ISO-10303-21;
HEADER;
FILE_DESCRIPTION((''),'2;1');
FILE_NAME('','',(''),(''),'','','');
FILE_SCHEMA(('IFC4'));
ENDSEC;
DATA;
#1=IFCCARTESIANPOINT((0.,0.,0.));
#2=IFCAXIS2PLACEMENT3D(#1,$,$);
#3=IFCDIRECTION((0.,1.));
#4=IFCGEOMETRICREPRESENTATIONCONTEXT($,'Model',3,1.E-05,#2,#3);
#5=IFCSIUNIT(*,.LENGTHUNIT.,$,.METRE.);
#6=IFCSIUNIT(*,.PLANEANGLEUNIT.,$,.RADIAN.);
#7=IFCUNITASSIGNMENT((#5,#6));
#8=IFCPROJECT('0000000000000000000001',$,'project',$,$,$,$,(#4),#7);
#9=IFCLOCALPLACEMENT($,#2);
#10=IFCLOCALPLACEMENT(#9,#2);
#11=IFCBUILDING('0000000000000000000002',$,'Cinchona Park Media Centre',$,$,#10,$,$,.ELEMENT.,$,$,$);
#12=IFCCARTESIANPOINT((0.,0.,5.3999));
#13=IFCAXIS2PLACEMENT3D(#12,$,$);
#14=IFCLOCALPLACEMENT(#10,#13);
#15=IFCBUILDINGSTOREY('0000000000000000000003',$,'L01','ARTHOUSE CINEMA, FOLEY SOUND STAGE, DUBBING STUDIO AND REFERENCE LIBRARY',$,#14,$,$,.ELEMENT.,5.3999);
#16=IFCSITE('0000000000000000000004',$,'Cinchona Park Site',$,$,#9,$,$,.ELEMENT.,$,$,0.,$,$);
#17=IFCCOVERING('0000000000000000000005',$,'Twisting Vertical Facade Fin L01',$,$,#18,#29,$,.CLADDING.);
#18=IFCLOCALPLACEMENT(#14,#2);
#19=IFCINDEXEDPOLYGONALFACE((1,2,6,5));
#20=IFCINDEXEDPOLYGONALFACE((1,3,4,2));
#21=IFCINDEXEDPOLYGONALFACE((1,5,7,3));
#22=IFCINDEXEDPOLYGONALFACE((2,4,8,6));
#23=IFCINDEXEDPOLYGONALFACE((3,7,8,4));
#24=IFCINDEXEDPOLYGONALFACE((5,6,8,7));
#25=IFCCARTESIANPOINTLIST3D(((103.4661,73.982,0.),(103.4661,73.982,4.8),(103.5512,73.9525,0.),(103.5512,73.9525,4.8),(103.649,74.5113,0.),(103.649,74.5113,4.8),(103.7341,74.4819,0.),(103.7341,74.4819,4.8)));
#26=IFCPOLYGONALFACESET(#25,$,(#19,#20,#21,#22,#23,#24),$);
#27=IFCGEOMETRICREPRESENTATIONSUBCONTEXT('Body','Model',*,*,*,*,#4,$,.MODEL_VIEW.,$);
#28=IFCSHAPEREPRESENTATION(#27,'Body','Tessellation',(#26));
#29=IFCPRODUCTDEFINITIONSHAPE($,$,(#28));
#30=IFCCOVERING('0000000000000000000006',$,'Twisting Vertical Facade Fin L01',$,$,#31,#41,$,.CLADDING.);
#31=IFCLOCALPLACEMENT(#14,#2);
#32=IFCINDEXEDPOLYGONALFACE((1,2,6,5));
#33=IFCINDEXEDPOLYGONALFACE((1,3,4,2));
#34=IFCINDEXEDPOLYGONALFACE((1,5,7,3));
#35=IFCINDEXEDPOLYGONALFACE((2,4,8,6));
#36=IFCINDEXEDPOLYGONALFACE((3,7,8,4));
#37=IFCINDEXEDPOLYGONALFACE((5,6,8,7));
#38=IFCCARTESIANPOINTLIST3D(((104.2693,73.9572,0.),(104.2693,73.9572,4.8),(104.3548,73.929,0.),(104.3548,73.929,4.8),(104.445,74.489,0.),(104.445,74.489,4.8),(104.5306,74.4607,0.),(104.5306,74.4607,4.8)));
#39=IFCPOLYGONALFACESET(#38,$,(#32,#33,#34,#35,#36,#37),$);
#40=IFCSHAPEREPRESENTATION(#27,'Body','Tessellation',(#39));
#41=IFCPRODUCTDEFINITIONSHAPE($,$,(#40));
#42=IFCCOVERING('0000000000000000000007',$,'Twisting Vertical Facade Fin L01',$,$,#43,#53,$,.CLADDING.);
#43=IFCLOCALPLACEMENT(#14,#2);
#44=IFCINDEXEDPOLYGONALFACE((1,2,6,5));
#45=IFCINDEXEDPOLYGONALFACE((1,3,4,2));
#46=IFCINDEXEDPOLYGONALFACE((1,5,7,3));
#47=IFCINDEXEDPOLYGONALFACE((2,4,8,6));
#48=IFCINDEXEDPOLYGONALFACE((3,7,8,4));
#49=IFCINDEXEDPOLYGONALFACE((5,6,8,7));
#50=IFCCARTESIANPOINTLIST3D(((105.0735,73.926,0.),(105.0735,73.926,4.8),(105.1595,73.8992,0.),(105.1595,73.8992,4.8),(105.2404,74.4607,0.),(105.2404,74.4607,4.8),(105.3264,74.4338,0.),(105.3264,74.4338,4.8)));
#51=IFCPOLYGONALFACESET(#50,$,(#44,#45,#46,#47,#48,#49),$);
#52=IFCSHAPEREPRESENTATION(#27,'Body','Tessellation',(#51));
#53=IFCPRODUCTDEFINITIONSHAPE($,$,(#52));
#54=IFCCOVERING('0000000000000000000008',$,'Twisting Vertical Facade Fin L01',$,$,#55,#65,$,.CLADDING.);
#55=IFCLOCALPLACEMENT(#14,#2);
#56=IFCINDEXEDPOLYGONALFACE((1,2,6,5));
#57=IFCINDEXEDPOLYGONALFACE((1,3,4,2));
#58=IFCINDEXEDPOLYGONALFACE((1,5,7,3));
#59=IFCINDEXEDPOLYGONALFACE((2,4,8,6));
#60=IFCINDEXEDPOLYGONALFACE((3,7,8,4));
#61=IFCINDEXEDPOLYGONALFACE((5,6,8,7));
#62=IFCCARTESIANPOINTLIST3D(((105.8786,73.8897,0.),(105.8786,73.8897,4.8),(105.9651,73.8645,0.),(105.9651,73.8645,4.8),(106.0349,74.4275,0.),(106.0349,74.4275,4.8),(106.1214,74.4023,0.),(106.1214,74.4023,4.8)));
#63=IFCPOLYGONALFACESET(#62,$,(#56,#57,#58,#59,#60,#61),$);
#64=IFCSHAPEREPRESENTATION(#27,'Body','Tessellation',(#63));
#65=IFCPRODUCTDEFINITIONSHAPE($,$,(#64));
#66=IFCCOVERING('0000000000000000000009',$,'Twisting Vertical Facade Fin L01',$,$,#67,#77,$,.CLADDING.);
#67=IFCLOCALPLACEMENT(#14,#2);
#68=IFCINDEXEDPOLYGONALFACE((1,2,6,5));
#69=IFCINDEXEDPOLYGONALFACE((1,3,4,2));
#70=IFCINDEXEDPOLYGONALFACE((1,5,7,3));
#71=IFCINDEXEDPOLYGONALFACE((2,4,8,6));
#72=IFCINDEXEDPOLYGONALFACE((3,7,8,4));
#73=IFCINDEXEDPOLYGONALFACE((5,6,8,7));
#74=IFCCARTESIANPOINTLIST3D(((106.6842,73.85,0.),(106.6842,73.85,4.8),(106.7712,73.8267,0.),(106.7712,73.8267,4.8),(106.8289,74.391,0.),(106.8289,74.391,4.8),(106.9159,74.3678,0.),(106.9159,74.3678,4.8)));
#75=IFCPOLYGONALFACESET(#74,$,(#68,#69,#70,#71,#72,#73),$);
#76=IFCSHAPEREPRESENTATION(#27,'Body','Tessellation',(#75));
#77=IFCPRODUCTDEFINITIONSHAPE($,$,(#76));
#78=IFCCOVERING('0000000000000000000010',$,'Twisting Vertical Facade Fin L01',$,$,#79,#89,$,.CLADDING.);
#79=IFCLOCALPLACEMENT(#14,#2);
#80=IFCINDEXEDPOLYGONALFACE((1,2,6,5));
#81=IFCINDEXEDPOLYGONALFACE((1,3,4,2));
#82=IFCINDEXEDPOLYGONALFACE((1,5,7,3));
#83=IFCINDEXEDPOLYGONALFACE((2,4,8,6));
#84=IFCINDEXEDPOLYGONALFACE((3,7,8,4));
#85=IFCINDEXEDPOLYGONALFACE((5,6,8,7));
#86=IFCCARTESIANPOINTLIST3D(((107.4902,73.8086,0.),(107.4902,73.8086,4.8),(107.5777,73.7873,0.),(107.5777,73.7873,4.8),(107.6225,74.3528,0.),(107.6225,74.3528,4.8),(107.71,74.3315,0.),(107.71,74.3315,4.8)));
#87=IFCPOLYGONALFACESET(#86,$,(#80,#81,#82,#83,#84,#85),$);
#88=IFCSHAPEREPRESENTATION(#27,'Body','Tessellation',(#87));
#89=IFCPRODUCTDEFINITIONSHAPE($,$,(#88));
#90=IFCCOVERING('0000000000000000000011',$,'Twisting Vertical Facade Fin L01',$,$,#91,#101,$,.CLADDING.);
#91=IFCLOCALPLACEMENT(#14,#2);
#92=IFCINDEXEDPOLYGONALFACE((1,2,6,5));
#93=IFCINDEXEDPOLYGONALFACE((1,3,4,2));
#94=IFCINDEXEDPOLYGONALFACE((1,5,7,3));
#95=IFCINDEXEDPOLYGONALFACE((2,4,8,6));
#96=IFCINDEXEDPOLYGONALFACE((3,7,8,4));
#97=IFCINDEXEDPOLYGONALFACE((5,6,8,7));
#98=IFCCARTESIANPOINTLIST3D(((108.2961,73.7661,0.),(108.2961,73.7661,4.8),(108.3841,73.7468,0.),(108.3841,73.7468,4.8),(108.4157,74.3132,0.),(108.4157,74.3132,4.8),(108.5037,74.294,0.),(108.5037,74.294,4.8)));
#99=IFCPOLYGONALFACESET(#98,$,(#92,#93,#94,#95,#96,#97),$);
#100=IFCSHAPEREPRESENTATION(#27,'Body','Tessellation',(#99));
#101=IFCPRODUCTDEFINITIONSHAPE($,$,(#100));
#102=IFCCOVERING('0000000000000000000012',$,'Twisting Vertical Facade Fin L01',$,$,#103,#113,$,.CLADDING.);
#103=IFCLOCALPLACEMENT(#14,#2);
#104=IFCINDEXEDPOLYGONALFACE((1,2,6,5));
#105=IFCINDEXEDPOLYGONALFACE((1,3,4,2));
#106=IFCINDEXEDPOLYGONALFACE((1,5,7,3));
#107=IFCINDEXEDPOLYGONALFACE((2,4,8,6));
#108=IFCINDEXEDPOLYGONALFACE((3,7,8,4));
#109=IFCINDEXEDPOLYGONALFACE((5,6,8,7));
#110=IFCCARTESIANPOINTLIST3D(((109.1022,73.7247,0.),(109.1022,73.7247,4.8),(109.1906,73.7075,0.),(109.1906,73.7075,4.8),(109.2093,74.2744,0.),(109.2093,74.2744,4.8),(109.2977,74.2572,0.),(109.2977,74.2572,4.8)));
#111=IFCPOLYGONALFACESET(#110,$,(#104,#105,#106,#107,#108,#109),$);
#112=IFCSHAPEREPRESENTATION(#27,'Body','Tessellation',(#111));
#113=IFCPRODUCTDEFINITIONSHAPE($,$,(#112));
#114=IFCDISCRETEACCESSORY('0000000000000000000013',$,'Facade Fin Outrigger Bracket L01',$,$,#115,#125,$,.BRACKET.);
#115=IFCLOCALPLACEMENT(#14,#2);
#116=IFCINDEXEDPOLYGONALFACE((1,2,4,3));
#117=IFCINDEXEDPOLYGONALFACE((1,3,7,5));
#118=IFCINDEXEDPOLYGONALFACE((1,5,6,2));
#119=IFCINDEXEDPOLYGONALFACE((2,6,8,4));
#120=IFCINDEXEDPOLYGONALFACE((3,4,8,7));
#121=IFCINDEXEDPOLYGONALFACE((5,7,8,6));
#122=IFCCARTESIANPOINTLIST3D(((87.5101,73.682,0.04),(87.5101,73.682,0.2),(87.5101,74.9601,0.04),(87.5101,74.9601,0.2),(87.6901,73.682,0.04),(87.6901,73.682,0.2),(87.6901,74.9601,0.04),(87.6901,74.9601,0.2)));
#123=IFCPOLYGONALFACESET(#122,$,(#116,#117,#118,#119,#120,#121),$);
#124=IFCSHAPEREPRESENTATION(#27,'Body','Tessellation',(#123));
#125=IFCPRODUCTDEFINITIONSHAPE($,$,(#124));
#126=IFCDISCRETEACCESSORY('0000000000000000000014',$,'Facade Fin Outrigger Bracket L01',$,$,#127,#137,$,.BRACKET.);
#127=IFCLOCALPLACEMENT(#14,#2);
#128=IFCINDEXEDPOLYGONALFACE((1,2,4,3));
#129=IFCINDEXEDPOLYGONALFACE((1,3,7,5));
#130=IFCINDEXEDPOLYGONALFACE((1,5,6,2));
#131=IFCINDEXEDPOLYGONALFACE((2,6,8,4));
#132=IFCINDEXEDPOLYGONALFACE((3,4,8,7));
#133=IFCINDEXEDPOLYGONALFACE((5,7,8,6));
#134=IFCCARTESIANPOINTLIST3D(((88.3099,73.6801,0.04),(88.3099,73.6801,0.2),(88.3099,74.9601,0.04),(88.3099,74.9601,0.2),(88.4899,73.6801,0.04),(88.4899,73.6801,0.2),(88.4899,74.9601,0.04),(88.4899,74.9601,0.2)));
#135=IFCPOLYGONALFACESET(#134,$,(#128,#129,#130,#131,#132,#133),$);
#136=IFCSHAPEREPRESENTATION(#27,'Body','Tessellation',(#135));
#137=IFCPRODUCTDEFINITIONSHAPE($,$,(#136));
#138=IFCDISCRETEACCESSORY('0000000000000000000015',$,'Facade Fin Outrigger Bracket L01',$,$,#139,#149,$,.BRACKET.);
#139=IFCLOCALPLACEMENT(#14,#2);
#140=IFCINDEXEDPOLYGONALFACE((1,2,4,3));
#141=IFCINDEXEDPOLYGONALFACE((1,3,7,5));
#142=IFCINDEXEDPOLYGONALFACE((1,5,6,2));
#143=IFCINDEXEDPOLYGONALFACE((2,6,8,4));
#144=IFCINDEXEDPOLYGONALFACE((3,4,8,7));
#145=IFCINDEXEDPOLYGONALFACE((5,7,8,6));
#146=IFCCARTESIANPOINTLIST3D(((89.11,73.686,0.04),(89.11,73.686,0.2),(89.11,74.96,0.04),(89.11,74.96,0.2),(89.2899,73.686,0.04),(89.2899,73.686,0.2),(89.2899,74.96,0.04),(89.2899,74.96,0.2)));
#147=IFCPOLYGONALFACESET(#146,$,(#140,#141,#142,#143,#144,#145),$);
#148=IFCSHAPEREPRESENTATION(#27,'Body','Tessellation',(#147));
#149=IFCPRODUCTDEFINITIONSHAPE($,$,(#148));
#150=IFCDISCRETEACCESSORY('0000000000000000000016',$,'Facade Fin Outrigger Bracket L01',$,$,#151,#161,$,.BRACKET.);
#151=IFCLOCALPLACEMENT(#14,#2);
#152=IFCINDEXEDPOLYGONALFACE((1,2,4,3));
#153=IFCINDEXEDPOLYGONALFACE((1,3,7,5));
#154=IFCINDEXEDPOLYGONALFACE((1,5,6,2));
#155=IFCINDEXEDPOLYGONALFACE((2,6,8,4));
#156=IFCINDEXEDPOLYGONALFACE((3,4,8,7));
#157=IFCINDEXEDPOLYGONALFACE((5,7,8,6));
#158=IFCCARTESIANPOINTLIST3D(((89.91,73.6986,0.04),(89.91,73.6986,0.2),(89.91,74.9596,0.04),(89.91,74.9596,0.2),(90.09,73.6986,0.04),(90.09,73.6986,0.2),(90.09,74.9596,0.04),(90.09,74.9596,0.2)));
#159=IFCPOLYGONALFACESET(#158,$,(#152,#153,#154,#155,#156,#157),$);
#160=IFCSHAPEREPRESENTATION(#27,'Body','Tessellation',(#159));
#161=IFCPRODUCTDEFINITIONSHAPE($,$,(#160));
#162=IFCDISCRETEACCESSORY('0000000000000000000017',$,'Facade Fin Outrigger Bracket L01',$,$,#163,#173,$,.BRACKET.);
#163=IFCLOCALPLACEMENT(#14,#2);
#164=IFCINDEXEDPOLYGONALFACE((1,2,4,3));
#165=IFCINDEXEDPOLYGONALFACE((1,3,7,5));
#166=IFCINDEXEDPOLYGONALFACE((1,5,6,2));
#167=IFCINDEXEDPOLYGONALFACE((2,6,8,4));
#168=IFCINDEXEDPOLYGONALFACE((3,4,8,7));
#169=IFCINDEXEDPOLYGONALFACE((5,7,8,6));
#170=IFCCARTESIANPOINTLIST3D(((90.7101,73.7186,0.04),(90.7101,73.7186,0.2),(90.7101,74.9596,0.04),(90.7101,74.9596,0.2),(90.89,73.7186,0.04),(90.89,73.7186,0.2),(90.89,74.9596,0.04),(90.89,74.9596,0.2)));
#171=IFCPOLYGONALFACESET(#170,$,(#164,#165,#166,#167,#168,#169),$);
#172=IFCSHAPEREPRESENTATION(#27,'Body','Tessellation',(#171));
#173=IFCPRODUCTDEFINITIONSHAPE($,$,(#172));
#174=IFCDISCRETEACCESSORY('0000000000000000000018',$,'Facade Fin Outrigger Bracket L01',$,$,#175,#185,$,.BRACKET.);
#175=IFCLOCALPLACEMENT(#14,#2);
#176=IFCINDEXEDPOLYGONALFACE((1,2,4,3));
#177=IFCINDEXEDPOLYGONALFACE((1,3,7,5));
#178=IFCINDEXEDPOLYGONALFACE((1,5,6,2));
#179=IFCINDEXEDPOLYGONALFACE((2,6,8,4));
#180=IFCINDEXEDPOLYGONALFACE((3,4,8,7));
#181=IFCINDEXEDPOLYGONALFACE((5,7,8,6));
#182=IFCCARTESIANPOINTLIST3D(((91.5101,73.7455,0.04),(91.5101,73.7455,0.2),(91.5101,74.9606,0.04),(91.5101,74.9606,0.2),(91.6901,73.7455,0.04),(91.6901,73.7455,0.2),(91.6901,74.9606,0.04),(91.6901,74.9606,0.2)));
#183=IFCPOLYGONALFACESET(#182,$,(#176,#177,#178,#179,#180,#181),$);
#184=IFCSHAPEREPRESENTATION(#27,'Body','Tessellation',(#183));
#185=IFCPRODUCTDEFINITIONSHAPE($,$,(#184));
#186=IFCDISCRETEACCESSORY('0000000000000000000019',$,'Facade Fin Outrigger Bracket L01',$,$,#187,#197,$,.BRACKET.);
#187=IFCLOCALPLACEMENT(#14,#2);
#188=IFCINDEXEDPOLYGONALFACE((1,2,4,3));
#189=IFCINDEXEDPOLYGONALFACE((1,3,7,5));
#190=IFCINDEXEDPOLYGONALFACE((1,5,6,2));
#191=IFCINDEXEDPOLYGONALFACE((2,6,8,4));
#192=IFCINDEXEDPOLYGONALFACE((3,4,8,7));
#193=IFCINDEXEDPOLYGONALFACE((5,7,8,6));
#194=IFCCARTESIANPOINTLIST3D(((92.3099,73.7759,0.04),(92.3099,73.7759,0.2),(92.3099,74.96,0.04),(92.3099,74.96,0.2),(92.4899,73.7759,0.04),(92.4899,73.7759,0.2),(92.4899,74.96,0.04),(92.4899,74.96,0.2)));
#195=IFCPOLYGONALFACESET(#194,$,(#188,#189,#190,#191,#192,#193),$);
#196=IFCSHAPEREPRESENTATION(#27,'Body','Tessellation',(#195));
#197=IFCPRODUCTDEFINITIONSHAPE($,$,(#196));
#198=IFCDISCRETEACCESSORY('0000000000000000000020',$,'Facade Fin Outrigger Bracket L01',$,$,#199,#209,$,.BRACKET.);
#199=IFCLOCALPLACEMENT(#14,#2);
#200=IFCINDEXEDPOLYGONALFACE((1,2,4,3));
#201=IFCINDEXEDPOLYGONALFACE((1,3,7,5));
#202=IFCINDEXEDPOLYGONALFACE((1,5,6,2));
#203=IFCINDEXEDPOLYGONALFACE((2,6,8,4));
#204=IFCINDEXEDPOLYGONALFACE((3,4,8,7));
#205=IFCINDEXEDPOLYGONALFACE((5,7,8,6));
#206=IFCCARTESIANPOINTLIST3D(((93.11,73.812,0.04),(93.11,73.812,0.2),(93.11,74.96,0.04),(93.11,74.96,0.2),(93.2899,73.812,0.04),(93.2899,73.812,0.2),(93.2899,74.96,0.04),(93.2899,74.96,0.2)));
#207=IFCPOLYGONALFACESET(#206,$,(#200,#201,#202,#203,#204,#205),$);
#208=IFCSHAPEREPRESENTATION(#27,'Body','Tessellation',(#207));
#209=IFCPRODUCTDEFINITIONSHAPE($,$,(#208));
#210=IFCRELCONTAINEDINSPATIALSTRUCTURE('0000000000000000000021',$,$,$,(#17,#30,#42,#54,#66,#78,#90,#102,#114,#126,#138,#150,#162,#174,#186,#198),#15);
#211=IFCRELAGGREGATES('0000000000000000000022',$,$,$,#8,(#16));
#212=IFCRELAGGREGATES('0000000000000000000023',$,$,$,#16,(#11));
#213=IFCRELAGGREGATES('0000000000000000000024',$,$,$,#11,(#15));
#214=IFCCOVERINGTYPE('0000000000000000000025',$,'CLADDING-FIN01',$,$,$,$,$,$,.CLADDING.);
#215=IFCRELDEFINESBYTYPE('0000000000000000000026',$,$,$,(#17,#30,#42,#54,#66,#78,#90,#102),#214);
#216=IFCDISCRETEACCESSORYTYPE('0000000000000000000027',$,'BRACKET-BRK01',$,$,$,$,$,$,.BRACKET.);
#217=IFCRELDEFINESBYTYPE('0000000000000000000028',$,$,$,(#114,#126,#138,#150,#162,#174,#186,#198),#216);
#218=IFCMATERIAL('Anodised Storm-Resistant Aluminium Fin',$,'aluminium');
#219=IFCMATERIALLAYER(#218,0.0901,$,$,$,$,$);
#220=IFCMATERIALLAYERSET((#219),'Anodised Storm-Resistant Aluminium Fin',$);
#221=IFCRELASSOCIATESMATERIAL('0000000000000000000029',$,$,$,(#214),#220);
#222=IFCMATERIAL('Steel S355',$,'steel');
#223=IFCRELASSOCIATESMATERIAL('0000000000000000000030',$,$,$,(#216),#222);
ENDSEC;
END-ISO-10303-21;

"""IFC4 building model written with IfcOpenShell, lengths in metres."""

from ifc_helpers import new_model, si_unit, direction, frame, origin, origin_2d, place, context, subcontext, project, spatial, rectangle, extrude, material, layer, layer_set, type_object, element, save


model = new_model("IFC4")

# Units and contexts
model_context = context("Model", 3, precision=1e-05, world=origin(), true_north=direction((0.0, 1.0)))
body_context = subcontext(model_context, "Body", "Model", "MODEL_VIEW")
ifc_project = project(units=[si_unit("LENGTHUNIT", "METRE"), si_unit("PLANEANGLEUNIT", "RADIAN")], contexts=[model_context])

# Site, building, storey
site_placement = place(None, origin())
site = spatial("IfcSite", under=ifc_project, at=site_placement, Name="Cinchona Park Site", CompositionType="ELEMENT", RefElevation=0.0)
building_placement = place(site_placement, origin())
building = spatial("IfcBuilding", under=site, at=building_placement, Name="Cinchona Park Media Centre", CompositionType="ELEMENT")
storey_placement = place(building_placement, frame((0.0, 0.0, 5.3999)))
storey = spatial("IfcBuildingStorey", under=building, at=storey_placement, Name="L01", Description="ARTHOUSE CINEMA, FOLEY SOUND STAGE, DUBBING STUDIO AND REFERENCE LIBRARY", CompositionType="ELEMENT", Elevation=5.3999)

# Coverings
ifc_material_1 = material(Name="Anodised Storm-Resistant Aluminium Fin", Category="aluminium")
ifc_layer = layer(ifc_material_1, 0.0901)
ifc_layer_set = layer_set([ifc_layer], Name="Anodised Storm-Resistant Aluminium Fin")
covering_type = type_object("IfcCoveringType", Name="CLADDING-FIN01", PredefinedType="CLADDING", material=ifc_layer_set)
for number, where, z_axis, x_axis, name in (
    (1, (103.6001, 74.2319, 0.0), (0.0, 0.0, 1.0), (0.326558, 0.945177, 0.0), "Twisting Vertical Facade Fin L01"),
    (2, (104.3999, 74.209, 0.0), (0.0, 0.0, 1.0), (0.313827, 0.94948, 0.0), "Twisting Vertical Facade Fin L01"),
    (3, (105.2, 74.1799, 0.0), (0.0, 0.0, 1.0), (0.297875, 0.954605, 0.0), "Twisting Vertical Facade Fin L01"),
    (4, (106.0, 74.146, 0.0), (0.0, 0.0, 1.0), (0.279159, 0.960245, 0.0), "Twisting Vertical Facade Fin L01"),
    (5, (106.8, 74.1089, 0.0), (0.0, 0.0, 1.0), (0.258313, 0.966061, 0.0), "Twisting Vertical Facade Fin L01"),
    (6, (107.6001, 74.0701, 0.0), (0.0, 0.0, 1.0), (0.236329, 0.971673, 0.0), "Twisting Vertical Facade Fin L01"),
    (7, (108.3999, 74.03, 0.0), (0.0, 0.0, 1.0), (0.213542, 0.976934, 0.0), "Twisting Vertical Facade Fin L01"),
    (8, (109.2, 73.991, 0.0), (0.0, 0.0, 1.0), (0.191323, 0.981527, 0.0), "Twisting Vertical Facade Fin L01"),
):
    element("IfcCovering", number, at=place(storey_placement, frame(where, z_axis=z_axis, x_axis=x_axis)), inside=storey, type_object=covering_type, Name=name, PredefinedType="CLADDING", context=body_context, shape_type="SweptSolid", body=[
        extrude(rectangle(XDim=0.5601, YDim=0.0901, at=origin_2d()), origin(), (0.0, 0.0, 1.0), 4.8),
    ])

# Discrete accessories
ifc_material_2 = material(Name="Steel S355", Category="steel")
discrete_accessory_type = type_object("IfcDiscreteAccessoryType", Name="BRACKET-BRK01", PredefinedType="BRACKET", material=ifc_material_2)
discrete_accessory_1_placement = place(storey_placement, frame((87.6001, 74.321, 0.04), z_axis=(0.0, 0.0, 1.0), x_axis=(1.0, 0.0, 0.0)))
element("IfcDiscreteAccessory", 9, at=discrete_accessory_1_placement, inside=storey, type_object=discrete_accessory_type, Name="Facade Fin Outrigger Bracket L01", PredefinedType="BRACKET", context=body_context, shape_type="SweptSolid", body=[
    extrude(rectangle(XDim=0.1799, YDim=1.2781, at=origin_2d()), origin(), (0.0, 0.0, 1.0), 0.1599),
])
discrete_accessory_2_placement = place(storey_placement, frame((88.3999, 74.3201, 0.04), z_axis=(0.0, 0.0, 1.0), x_axis=(1.0, 0.0, 0.0)))
element("IfcDiscreteAccessory", 10, at=discrete_accessory_2_placement, inside=storey, type_object=discrete_accessory_type, Name="Facade Fin Outrigger Bracket L01", PredefinedType="BRACKET", context=body_context, shape_type="SweptSolid", body=[
    extrude(rectangle(XDim=0.1799, YDim=1.28, at=origin_2d()), origin(), (0.0, 0.0, 1.0), 0.1599),
])
discrete_accessory_3_placement = place(storey_placement, frame((89.2, 74.323, 0.04), z_axis=(0.0, 0.0, 1.0), x_axis=(1.0, 0.0, 0.0)))
element("IfcDiscreteAccessory", 11, at=discrete_accessory_3_placement, inside=storey, type_object=discrete_accessory_type, Name="Facade Fin Outrigger Bracket L01", PredefinedType="BRACKET", context=body_context, shape_type="SweptSolid", body=[
    extrude(rectangle(XDim=0.1799, YDim=1.2739, at=origin_2d()), origin(), (0.0, 0.0, 1.0), 0.1599),
])
discrete_accessory_4_placement = place(storey_placement, frame((90.0, 74.3291, 0.04), z_axis=(0.0, 0.0, 1.0), x_axis=(1.0, 0.0, 0.0)))
element("IfcDiscreteAccessory", 12, at=discrete_accessory_4_placement, inside=storey, type_object=discrete_accessory_type, Name="Facade Fin Outrigger Bracket L01", PredefinedType="BRACKET", context=body_context, shape_type="SweptSolid", body=[
    extrude(rectangle(XDim=0.1799, YDim=1.261, at=origin_2d()), origin(), (0.0, 0.0, 1.0), 0.1599),
])
discrete_accessory_5_placement = place(storey_placement, frame((90.8, 74.3391, 0.04), z_axis=(0.0, 0.0, 1.0), x_axis=(1.0, 0.0, 0.0)))
element("IfcDiscreteAccessory", 13, at=discrete_accessory_5_placement, inside=storey, type_object=discrete_accessory_type, Name="Facade Fin Outrigger Bracket L01", PredefinedType="BRACKET", context=body_context, shape_type="SweptSolid", body=[
    extrude(rectangle(XDim=0.1799, YDim=1.241, at=origin_2d()), origin(), (0.0, 0.0, 1.0), 0.1599),
])
discrete_accessory_6_placement = place(storey_placement, frame((91.6001, 74.353, 0.04), z_axis=(0.0, 0.0, 1.0), x_axis=(1.0, 0.0, 0.0)))
element("IfcDiscreteAccessory", 14, at=discrete_accessory_6_placement, inside=storey, type_object=discrete_accessory_type, Name="Facade Fin Outrigger Bracket L01", PredefinedType="BRACKET", context=body_context, shape_type="SweptSolid", body=[
    extrude(rectangle(XDim=0.1799, YDim=1.2151, at=origin_2d()), origin(), (0.0, 0.0, 1.0), 0.1599),
])
discrete_accessory_7_placement = place(storey_placement, frame((92.3999, 74.3679, 0.04), z_axis=(0.0, 0.0, 1.0), x_axis=(1.0, 0.0, 0.0)))
element("IfcDiscreteAccessory", 15, at=discrete_accessory_7_placement, inside=storey, type_object=discrete_accessory_type, Name="Facade Fin Outrigger Bracket L01", PredefinedType="BRACKET", context=body_context, shape_type="SweptSolid", body=[
    extrude(rectangle(XDim=0.1799, YDim=1.1841, at=origin_2d()), origin(), (0.0, 0.0, 1.0), 0.1599),
])
discrete_accessory_8_placement = place(storey_placement, frame((93.2, 74.386, 0.04), z_axis=(0.0, 0.0, 1.0), x_axis=(1.0, 0.0, 0.0)))
element("IfcDiscreteAccessory", 16, at=discrete_accessory_8_placement, inside=storey, type_object=discrete_accessory_type, Name="Facade Fin Outrigger Bracket L01", PredefinedType="BRACKET", context=body_context, shape_type="SweptSolid", body=[
    extrude(rectangle(XDim=0.1799, YDim=1.1479, at=origin_2d()), origin(), (0.0, 0.0, 1.0), 0.1599),
])

save(model, "model.ifc")
